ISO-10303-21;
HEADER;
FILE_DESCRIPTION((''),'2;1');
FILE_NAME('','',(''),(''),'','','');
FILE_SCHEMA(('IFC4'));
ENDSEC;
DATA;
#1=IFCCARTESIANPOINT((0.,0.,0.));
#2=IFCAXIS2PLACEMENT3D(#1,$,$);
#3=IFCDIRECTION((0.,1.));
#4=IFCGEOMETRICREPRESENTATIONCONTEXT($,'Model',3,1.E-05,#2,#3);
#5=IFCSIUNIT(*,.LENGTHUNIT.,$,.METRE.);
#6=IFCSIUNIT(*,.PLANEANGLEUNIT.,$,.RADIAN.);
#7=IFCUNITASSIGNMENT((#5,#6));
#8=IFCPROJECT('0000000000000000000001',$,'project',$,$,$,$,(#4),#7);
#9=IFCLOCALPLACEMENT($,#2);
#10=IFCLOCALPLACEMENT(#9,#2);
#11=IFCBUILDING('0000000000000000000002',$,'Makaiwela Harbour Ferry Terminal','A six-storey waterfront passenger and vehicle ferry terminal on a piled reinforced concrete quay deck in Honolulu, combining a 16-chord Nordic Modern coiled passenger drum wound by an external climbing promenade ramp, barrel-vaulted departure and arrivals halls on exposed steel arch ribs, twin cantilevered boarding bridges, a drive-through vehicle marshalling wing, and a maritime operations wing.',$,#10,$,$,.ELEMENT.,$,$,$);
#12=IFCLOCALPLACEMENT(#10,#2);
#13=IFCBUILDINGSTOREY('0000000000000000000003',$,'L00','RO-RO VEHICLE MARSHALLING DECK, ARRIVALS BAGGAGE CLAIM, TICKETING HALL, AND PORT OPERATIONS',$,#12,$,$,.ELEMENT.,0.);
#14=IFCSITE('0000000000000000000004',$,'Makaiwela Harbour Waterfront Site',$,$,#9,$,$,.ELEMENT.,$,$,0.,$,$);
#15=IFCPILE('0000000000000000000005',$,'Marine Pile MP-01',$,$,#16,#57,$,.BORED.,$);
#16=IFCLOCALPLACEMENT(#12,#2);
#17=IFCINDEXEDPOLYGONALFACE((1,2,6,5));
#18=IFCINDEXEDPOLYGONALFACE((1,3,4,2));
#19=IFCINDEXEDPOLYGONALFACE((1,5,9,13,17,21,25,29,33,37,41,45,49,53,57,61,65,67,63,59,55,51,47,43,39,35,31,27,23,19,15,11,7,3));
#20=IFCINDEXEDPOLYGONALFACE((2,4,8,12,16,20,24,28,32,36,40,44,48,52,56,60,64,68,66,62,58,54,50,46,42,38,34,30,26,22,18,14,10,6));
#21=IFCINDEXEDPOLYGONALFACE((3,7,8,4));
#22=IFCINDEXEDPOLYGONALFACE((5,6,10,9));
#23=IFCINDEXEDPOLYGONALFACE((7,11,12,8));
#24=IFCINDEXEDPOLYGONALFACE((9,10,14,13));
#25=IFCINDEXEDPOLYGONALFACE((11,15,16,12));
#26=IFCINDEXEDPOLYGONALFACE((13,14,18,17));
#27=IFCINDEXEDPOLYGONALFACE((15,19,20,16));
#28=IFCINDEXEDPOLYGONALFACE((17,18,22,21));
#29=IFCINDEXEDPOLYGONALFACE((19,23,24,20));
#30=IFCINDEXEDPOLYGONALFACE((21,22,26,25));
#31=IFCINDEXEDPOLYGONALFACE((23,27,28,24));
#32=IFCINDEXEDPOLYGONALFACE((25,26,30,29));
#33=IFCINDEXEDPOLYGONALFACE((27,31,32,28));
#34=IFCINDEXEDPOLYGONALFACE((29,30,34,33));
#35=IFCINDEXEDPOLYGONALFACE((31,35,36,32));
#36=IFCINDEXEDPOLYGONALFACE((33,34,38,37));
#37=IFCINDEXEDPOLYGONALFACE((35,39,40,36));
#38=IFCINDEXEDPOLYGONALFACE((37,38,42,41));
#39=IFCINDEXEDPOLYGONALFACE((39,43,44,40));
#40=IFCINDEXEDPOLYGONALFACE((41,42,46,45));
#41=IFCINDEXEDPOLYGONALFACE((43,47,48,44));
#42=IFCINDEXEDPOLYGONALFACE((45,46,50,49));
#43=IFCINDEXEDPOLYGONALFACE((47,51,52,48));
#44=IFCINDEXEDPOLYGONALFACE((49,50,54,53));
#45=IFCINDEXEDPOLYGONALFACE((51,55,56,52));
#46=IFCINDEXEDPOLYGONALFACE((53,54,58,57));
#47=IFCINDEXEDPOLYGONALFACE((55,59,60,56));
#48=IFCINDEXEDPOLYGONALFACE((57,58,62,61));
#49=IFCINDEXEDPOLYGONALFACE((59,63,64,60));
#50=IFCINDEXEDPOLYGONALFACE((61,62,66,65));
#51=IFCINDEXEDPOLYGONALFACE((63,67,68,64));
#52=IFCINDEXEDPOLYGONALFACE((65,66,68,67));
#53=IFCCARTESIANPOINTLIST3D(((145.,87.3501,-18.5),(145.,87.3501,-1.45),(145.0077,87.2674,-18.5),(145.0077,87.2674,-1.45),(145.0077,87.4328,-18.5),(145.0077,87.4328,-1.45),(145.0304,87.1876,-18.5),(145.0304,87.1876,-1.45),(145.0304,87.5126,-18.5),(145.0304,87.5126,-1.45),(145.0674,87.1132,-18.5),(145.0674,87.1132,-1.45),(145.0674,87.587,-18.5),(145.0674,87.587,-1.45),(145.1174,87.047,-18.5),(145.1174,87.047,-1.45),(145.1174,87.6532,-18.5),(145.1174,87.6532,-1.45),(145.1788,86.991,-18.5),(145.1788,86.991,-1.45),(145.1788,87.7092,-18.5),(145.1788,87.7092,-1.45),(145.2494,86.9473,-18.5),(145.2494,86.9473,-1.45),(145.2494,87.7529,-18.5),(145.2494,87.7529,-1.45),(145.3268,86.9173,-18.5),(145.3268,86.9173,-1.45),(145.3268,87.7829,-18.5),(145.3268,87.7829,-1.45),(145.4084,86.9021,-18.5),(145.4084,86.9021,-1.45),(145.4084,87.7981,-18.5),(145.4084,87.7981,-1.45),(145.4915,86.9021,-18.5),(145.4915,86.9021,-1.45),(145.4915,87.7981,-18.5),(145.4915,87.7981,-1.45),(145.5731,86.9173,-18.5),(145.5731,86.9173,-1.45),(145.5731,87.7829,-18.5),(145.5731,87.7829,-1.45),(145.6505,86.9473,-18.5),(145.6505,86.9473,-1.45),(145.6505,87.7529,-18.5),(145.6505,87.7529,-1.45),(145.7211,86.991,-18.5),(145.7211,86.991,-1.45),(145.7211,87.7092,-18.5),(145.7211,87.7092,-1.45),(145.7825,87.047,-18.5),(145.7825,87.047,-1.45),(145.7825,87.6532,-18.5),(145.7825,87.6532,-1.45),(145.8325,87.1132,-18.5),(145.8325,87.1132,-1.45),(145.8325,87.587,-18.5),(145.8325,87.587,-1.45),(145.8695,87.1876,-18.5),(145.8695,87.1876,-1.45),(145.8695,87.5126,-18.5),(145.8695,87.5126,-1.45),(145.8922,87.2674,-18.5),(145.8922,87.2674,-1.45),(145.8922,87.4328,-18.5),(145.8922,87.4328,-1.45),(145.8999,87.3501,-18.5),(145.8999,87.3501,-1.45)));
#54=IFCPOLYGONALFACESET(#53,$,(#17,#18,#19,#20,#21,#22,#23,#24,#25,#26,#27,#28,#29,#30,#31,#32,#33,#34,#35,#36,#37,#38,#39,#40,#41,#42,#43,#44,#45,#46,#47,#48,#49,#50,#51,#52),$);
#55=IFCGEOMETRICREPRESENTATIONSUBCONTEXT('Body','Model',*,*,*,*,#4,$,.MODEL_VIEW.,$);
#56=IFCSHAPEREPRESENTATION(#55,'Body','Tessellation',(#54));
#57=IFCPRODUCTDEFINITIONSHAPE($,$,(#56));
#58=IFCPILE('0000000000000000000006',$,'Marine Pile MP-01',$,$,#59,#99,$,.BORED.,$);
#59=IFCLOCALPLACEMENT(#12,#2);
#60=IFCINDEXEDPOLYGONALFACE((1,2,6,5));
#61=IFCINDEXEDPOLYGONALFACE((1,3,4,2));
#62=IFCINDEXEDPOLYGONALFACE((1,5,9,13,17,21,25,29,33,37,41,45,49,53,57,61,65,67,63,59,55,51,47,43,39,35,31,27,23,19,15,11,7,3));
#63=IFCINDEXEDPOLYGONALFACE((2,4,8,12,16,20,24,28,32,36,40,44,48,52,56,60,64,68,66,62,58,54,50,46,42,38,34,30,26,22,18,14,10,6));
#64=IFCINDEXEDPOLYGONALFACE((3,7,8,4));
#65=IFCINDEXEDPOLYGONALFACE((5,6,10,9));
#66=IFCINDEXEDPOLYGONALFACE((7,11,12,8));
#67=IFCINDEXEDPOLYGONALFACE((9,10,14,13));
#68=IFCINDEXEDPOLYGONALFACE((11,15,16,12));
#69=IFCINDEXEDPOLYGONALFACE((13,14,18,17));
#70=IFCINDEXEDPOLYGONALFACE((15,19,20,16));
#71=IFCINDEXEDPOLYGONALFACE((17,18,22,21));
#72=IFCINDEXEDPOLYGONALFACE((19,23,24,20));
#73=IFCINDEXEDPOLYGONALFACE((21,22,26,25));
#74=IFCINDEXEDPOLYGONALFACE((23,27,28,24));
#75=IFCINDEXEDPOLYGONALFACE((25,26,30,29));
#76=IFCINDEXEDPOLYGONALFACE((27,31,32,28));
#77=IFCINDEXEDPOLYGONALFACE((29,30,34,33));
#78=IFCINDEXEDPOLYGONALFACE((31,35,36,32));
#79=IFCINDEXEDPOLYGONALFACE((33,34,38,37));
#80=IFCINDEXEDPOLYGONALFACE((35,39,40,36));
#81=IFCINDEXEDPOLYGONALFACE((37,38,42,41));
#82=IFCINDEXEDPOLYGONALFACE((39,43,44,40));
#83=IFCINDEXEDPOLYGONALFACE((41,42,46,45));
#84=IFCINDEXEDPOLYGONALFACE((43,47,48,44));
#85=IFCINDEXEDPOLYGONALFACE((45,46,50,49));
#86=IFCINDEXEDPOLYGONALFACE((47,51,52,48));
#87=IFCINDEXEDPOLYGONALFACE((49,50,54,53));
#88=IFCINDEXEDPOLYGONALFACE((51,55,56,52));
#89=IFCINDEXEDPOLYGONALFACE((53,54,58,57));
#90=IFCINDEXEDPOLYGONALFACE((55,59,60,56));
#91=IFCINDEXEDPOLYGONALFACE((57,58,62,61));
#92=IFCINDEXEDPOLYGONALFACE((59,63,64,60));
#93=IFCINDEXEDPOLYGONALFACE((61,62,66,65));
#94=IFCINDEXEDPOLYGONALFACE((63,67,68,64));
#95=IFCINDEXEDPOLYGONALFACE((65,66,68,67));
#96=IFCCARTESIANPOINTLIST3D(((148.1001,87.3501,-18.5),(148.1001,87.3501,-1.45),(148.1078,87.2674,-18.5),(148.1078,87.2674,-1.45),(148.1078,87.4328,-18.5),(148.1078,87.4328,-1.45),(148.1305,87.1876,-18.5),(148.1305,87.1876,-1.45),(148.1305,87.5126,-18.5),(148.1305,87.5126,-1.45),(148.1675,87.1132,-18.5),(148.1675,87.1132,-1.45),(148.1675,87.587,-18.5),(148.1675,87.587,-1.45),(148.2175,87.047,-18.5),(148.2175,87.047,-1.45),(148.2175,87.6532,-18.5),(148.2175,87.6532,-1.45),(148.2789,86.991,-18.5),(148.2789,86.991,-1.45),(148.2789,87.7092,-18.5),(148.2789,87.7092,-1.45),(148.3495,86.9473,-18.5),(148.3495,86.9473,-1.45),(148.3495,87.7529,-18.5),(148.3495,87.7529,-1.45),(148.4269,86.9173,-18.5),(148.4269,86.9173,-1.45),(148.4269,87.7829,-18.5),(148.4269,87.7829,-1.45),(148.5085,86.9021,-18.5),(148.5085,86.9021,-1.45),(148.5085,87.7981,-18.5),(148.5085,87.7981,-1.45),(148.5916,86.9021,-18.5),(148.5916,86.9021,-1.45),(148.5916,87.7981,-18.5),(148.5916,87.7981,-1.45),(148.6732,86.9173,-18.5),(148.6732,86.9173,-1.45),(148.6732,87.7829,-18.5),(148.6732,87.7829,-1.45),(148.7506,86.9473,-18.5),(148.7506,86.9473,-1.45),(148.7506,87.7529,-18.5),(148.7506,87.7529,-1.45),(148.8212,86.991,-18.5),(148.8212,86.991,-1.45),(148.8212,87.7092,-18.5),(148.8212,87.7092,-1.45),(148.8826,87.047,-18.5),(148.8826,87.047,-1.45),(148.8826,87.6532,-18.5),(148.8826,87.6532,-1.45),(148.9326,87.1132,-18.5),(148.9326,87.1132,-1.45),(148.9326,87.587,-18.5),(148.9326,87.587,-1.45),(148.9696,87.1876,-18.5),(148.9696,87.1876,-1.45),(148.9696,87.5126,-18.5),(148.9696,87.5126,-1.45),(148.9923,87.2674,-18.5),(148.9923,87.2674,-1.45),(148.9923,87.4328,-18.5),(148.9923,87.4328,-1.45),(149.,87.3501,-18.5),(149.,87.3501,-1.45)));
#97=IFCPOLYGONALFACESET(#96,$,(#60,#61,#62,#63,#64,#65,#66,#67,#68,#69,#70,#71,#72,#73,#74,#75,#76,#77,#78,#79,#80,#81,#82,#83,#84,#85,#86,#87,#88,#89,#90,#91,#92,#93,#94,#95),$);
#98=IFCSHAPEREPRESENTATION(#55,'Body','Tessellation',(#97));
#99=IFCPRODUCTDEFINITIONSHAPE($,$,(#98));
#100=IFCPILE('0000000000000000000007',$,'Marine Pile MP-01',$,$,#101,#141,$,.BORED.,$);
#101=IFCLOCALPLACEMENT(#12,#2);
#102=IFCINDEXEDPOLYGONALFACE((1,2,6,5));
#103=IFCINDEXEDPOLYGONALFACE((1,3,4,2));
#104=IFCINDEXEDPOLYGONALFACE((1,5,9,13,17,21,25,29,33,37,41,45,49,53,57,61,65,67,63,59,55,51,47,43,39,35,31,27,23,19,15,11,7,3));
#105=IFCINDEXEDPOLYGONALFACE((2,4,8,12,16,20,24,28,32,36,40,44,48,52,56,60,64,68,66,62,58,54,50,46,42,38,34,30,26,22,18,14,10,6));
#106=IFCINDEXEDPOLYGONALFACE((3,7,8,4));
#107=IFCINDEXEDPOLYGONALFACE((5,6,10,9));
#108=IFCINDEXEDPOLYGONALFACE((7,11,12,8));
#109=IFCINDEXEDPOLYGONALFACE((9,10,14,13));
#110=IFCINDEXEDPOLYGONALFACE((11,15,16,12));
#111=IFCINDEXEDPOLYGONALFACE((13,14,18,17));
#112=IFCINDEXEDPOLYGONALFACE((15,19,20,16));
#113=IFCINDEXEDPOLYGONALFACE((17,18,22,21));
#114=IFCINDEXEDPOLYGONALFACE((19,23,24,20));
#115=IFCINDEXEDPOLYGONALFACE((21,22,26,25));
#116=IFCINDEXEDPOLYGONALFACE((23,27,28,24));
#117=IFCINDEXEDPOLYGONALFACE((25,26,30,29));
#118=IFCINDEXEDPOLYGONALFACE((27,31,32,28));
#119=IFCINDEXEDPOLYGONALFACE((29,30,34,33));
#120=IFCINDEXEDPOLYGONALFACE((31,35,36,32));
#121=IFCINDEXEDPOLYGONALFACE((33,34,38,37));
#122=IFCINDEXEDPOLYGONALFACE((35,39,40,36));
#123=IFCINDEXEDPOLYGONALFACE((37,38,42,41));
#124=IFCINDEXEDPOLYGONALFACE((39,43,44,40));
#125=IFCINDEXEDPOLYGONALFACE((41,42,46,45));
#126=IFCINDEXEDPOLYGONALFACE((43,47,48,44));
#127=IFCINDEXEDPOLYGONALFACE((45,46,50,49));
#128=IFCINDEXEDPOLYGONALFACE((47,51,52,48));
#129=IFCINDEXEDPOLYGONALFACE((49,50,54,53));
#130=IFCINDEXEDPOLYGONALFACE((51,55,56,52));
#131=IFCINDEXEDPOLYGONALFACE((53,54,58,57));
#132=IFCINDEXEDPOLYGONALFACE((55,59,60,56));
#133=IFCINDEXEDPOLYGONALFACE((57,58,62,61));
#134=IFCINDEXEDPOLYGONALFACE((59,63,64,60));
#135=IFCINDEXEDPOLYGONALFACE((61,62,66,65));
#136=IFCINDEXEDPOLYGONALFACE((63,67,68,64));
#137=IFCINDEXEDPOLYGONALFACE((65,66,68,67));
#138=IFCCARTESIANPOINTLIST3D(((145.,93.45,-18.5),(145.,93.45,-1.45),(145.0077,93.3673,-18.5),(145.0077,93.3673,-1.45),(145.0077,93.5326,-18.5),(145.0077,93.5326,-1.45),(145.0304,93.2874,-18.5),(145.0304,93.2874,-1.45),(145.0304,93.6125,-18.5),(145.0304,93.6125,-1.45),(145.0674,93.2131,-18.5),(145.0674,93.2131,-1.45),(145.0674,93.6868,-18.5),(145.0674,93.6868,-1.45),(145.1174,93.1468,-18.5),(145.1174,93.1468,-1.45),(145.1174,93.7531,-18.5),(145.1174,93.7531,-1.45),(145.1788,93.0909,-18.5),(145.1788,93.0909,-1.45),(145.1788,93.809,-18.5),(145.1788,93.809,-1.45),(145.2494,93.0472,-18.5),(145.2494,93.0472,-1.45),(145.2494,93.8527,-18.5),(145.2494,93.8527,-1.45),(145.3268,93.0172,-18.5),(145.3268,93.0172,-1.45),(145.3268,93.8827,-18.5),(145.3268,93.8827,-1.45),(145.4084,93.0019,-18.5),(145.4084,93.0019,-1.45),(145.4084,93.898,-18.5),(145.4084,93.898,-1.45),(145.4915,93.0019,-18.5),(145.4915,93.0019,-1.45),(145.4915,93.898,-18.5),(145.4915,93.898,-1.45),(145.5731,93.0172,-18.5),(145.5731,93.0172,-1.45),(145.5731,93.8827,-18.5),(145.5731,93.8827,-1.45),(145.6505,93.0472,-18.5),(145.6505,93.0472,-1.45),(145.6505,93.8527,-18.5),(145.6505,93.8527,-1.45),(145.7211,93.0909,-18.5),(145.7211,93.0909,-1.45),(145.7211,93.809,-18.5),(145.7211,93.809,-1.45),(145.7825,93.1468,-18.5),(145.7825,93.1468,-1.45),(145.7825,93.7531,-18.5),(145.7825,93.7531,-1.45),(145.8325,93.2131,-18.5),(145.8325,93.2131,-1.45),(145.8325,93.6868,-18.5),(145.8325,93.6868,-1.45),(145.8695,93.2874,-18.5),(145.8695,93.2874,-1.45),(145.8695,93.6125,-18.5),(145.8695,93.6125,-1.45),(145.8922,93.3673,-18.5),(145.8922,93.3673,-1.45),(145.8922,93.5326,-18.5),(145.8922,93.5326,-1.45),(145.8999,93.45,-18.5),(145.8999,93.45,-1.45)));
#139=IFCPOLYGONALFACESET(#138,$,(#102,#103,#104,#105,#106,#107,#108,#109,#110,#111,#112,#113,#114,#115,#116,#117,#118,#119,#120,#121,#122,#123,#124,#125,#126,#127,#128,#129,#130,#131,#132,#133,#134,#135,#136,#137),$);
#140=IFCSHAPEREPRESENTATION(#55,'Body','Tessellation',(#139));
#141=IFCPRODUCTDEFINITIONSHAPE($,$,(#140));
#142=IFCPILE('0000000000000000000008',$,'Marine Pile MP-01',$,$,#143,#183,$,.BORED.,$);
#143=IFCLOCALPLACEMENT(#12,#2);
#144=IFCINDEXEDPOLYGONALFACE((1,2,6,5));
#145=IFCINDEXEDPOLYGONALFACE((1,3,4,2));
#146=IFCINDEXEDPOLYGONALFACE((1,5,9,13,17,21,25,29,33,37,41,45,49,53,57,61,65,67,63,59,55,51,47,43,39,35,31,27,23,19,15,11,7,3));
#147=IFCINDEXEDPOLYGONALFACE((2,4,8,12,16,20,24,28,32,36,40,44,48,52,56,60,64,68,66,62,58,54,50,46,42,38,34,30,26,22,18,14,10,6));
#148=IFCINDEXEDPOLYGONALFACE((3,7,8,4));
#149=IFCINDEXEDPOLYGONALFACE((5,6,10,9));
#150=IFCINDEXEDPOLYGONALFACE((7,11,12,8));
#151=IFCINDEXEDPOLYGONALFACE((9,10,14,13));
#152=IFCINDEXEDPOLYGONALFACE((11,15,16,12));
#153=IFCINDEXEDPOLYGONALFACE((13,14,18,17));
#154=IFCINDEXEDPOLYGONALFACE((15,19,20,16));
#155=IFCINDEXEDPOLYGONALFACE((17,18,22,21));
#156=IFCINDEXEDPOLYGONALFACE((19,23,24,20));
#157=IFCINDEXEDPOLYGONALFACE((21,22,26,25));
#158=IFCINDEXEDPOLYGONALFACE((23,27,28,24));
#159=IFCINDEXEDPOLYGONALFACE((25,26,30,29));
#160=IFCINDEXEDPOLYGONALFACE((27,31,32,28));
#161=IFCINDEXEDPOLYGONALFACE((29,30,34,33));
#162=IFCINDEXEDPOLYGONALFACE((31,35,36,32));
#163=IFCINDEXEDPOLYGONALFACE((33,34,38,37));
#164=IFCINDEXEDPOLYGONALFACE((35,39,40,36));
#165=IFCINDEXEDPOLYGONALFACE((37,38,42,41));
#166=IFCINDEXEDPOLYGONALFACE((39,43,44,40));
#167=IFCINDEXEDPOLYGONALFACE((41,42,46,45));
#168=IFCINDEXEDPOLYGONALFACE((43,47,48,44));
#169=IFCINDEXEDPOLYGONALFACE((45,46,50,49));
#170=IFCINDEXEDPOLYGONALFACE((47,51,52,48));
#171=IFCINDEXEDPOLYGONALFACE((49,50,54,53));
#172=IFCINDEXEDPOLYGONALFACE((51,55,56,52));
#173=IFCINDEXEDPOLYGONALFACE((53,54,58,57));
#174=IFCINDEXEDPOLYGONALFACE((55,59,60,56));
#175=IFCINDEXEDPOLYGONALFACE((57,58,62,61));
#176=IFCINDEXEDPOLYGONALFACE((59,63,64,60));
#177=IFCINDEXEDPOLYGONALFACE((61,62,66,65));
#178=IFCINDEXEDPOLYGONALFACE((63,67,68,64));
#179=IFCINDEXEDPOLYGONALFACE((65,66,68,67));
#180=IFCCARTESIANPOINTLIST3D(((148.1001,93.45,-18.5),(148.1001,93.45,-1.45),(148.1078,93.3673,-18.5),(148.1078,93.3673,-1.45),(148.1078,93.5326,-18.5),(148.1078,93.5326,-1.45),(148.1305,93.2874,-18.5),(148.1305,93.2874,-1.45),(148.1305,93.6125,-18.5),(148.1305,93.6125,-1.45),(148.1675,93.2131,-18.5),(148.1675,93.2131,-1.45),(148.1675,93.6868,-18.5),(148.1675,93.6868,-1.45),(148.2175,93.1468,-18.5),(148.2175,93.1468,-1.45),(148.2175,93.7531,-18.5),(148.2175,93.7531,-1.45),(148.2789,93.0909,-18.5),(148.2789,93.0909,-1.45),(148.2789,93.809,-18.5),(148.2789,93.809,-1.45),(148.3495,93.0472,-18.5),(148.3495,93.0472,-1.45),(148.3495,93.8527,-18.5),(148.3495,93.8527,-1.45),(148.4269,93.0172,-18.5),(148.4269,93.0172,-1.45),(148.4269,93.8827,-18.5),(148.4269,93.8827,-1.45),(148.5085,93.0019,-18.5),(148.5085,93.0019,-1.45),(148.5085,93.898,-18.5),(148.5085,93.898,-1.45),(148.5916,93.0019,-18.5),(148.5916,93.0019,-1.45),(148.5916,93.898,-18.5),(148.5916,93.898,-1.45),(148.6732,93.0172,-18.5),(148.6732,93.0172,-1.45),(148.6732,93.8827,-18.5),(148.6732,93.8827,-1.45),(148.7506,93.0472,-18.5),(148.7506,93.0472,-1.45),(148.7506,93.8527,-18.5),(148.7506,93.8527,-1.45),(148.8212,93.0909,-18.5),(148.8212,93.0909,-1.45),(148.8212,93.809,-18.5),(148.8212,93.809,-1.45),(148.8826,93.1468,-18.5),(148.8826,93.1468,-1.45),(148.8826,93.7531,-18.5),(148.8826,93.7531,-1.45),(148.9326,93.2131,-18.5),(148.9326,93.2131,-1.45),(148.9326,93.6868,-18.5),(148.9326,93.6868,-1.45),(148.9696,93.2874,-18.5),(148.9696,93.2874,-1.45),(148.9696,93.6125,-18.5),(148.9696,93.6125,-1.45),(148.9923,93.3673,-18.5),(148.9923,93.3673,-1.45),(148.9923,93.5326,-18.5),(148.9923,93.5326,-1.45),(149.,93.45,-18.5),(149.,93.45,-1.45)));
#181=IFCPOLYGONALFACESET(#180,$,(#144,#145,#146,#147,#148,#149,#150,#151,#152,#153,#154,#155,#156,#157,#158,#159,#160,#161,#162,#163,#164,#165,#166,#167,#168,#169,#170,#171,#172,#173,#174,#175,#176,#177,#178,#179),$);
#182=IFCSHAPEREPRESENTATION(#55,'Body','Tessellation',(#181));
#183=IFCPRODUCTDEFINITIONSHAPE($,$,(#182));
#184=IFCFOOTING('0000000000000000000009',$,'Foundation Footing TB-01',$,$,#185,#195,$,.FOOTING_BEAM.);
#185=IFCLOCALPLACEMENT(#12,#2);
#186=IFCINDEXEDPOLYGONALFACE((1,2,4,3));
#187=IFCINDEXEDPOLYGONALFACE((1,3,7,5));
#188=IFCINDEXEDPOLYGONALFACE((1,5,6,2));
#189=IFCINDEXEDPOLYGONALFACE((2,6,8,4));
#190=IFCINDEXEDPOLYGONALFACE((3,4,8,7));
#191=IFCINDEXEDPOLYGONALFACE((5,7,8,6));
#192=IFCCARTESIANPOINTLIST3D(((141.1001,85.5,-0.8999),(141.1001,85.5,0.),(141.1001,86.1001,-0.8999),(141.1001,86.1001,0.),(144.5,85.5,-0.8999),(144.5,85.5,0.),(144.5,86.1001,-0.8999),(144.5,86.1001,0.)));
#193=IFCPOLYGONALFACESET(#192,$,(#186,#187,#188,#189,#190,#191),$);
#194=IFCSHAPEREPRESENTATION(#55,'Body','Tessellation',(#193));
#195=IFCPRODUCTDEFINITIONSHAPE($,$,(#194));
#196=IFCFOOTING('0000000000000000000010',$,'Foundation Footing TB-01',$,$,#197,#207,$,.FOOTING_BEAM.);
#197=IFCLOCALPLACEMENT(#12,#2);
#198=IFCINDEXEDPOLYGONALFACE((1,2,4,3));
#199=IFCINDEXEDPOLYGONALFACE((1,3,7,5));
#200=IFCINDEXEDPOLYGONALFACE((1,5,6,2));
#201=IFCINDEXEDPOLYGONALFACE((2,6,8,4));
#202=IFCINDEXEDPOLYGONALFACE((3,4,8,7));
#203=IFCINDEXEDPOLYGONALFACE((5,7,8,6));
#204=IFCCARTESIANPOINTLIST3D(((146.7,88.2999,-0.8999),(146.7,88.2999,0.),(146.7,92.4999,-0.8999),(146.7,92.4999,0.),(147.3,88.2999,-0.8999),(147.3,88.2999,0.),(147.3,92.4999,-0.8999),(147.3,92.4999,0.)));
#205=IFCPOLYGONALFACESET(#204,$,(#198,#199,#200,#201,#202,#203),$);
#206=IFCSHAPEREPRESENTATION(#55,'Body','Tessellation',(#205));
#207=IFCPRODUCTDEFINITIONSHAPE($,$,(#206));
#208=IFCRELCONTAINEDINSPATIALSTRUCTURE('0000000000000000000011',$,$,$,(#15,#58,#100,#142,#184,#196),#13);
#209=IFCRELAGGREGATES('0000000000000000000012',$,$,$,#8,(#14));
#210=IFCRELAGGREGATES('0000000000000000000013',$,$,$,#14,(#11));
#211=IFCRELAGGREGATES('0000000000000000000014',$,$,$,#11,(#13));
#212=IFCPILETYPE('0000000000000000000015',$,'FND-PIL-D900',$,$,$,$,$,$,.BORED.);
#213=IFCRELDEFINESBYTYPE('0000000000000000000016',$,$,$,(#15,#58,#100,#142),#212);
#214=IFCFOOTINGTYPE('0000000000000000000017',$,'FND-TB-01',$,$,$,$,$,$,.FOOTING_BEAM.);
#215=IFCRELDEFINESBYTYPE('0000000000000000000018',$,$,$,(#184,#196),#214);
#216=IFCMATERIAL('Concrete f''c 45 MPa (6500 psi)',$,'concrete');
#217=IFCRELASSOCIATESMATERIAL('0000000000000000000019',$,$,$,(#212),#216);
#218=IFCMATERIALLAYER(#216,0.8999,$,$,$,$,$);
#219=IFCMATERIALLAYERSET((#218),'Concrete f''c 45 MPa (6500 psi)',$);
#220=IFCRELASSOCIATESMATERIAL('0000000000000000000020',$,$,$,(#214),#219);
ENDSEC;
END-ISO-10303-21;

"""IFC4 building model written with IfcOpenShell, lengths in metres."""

from ifc_helpers import new_model, si_unit, direction, frame, origin, origin_2d, place, context, subcontext, project, spatial, rectangle, circle, extrude, material, layer, layer_set, material_profile, profile_set, type_object, element, save


model = new_model("IFC4")

# Units and contexts
model_context = context("Model", 3, precision=1e-05, world=origin(), true_north=direction((0.0, 1.0)))
body_context = subcontext(model_context, "Body", "Model", "MODEL_VIEW")
ifc_project = project(units=[si_unit("LENGTHUNIT", "METRE"), si_unit("PLANEANGLEUNIT", "RADIAN")], contexts=[model_context])

# Site, building, storey
site_placement = place(None, origin())
site = spatial("IfcSite", under=ifc_project, at=site_placement, Name="Makaiwela Harbour Waterfront Site", CompositionType="ELEMENT", RefElevation=0.0)
building_placement = place(site_placement, origin())
building = spatial("IfcBuilding", under=site, at=building_placement, Name="Makaiwela Harbour Ferry Terminal", Description="A six-storey waterfront passenger and vehicle ferry terminal on a piled reinforced concrete quay deck in Honolulu, combining a 16-chord Nordic Modern coiled passenger drum wound by an external climbing promenade ramp, barrel-vaulted departure and arrivals halls on exposed steel arch ribs, twin cantilevered boarding bridges, a drive-through vehicle marshalling wing, and a maritime operations wing.", CompositionType="ELEMENT")
storey_placement = place(building_placement, origin())
storey = spatial("IfcBuildingStorey", under=building, at=storey_placement, Name="L00", Description="RO-RO VEHICLE MARSHALLING DECK, ARRIVALS BAGGAGE CLAIM, TICKETING HALL, AND PORT OPERATIONS", CompositionType="ELEMENT", Elevation=0.0)

# Shared definitions
ifc_material_1 = material(Name="Concrete f'c 45 MPa (6500 psi)", Category="concrete")

# Piles
ifc_material_profile_1 = material_profile(ifc_material_1, circle(Radius=0.45, at=origin_2d()), Name="PILE-D900")
ifc_profile_set_1 = profile_set([ifc_material_profile_1], Name="Concrete f'c 45 MPa (6500 psi)")
pile_type = type_object("IfcPileType", Name="FND-PIL-D900", PredefinedType="BORED", material=ifc_profile_set_1)
for number, where, z_axis, x_axis, name in (
    (1, (145.45, 87.3501, -1.45), (0.0, 0.0, -1.0), (1.0, 0.0, 0.0), "Marine Pile MP-01"),
    (2, (148.55, 87.3501, -1.45), (0.0, 0.0, -1.0), (1.0, 0.0, 0.0), "Marine Pile MP-01"),
    (3, (145.45, 93.45, -1.45), (0.0, 0.0, -1.0), (1.0, 0.0, 0.0), "Marine Pile MP-01"),
    (4, (148.55, 93.45, -1.45), (0.0, 0.0, -1.0), (1.0, 0.0, 0.0), "Marine Pile MP-01"),
):
    element("IfcPile", number, at=place(storey_placement, frame(where, z_axis=z_axis, x_axis=x_axis)), inside=storey, type_object=pile_type, Name=name, PredefinedType="BORED", context=body_context, shape_type="SweptSolid", body=[
        extrude(circle(Radius=0.45, at=origin_2d()), origin(), (0.0, 0.0, 1.0), 17.05),
    ])

# Footings
ifc_layer_1 = layer(ifc_material_1, 0.8999)
ifc_layer_set_1 = layer_set([ifc_layer_1], Name="Concrete f'c 45 MPa (6500 psi)")
footing_type_1 = type_object("IfcFootingType", Name="FND-TB-01", PredefinedType="FOOTING_BEAM", material=ifc_layer_set_1)
footing_1_placement = place(storey_placement, frame((142.8, 85.8, -0.8999), z_axis=(0.0, 0.0, 1.0), x_axis=(1.0, 0.0, 0.0)))
element("IfcFooting", 5, at=footing_1_placement, inside=storey, type_object=footing_type_1, Name="Foundation Footing TB-01", PredefinedType="FOOTING_BEAM", context=body_context, shape_type="SweptSolid", body=[
    extrude(rectangle(XDim=3.3999, YDim=0.6001, at=origin_2d()), origin(), (0.0, 0.0, 1.0), 0.8999),
])
footing_2_placement = place(storey_placement, frame((147.0, 90.3999, -0.8999), z_axis=(0.0, 0.0, 1.0), x_axis=(0.0, 1.0, 0.0)))
element("IfcFooting", 6, at=footing_2_placement, inside=storey, type_object=footing_type_1, Name="Foundation Footing TB-01", PredefinedType="FOOTING_BEAM", context=body_context, shape_type="SweptSolid", body=[
    extrude(rectangle(XDim=4.2, YDim=0.6001, at=origin_2d()), origin(), (0.0, 0.0, 1.0), 0.8999),
])

save(model, "model.ifc")
